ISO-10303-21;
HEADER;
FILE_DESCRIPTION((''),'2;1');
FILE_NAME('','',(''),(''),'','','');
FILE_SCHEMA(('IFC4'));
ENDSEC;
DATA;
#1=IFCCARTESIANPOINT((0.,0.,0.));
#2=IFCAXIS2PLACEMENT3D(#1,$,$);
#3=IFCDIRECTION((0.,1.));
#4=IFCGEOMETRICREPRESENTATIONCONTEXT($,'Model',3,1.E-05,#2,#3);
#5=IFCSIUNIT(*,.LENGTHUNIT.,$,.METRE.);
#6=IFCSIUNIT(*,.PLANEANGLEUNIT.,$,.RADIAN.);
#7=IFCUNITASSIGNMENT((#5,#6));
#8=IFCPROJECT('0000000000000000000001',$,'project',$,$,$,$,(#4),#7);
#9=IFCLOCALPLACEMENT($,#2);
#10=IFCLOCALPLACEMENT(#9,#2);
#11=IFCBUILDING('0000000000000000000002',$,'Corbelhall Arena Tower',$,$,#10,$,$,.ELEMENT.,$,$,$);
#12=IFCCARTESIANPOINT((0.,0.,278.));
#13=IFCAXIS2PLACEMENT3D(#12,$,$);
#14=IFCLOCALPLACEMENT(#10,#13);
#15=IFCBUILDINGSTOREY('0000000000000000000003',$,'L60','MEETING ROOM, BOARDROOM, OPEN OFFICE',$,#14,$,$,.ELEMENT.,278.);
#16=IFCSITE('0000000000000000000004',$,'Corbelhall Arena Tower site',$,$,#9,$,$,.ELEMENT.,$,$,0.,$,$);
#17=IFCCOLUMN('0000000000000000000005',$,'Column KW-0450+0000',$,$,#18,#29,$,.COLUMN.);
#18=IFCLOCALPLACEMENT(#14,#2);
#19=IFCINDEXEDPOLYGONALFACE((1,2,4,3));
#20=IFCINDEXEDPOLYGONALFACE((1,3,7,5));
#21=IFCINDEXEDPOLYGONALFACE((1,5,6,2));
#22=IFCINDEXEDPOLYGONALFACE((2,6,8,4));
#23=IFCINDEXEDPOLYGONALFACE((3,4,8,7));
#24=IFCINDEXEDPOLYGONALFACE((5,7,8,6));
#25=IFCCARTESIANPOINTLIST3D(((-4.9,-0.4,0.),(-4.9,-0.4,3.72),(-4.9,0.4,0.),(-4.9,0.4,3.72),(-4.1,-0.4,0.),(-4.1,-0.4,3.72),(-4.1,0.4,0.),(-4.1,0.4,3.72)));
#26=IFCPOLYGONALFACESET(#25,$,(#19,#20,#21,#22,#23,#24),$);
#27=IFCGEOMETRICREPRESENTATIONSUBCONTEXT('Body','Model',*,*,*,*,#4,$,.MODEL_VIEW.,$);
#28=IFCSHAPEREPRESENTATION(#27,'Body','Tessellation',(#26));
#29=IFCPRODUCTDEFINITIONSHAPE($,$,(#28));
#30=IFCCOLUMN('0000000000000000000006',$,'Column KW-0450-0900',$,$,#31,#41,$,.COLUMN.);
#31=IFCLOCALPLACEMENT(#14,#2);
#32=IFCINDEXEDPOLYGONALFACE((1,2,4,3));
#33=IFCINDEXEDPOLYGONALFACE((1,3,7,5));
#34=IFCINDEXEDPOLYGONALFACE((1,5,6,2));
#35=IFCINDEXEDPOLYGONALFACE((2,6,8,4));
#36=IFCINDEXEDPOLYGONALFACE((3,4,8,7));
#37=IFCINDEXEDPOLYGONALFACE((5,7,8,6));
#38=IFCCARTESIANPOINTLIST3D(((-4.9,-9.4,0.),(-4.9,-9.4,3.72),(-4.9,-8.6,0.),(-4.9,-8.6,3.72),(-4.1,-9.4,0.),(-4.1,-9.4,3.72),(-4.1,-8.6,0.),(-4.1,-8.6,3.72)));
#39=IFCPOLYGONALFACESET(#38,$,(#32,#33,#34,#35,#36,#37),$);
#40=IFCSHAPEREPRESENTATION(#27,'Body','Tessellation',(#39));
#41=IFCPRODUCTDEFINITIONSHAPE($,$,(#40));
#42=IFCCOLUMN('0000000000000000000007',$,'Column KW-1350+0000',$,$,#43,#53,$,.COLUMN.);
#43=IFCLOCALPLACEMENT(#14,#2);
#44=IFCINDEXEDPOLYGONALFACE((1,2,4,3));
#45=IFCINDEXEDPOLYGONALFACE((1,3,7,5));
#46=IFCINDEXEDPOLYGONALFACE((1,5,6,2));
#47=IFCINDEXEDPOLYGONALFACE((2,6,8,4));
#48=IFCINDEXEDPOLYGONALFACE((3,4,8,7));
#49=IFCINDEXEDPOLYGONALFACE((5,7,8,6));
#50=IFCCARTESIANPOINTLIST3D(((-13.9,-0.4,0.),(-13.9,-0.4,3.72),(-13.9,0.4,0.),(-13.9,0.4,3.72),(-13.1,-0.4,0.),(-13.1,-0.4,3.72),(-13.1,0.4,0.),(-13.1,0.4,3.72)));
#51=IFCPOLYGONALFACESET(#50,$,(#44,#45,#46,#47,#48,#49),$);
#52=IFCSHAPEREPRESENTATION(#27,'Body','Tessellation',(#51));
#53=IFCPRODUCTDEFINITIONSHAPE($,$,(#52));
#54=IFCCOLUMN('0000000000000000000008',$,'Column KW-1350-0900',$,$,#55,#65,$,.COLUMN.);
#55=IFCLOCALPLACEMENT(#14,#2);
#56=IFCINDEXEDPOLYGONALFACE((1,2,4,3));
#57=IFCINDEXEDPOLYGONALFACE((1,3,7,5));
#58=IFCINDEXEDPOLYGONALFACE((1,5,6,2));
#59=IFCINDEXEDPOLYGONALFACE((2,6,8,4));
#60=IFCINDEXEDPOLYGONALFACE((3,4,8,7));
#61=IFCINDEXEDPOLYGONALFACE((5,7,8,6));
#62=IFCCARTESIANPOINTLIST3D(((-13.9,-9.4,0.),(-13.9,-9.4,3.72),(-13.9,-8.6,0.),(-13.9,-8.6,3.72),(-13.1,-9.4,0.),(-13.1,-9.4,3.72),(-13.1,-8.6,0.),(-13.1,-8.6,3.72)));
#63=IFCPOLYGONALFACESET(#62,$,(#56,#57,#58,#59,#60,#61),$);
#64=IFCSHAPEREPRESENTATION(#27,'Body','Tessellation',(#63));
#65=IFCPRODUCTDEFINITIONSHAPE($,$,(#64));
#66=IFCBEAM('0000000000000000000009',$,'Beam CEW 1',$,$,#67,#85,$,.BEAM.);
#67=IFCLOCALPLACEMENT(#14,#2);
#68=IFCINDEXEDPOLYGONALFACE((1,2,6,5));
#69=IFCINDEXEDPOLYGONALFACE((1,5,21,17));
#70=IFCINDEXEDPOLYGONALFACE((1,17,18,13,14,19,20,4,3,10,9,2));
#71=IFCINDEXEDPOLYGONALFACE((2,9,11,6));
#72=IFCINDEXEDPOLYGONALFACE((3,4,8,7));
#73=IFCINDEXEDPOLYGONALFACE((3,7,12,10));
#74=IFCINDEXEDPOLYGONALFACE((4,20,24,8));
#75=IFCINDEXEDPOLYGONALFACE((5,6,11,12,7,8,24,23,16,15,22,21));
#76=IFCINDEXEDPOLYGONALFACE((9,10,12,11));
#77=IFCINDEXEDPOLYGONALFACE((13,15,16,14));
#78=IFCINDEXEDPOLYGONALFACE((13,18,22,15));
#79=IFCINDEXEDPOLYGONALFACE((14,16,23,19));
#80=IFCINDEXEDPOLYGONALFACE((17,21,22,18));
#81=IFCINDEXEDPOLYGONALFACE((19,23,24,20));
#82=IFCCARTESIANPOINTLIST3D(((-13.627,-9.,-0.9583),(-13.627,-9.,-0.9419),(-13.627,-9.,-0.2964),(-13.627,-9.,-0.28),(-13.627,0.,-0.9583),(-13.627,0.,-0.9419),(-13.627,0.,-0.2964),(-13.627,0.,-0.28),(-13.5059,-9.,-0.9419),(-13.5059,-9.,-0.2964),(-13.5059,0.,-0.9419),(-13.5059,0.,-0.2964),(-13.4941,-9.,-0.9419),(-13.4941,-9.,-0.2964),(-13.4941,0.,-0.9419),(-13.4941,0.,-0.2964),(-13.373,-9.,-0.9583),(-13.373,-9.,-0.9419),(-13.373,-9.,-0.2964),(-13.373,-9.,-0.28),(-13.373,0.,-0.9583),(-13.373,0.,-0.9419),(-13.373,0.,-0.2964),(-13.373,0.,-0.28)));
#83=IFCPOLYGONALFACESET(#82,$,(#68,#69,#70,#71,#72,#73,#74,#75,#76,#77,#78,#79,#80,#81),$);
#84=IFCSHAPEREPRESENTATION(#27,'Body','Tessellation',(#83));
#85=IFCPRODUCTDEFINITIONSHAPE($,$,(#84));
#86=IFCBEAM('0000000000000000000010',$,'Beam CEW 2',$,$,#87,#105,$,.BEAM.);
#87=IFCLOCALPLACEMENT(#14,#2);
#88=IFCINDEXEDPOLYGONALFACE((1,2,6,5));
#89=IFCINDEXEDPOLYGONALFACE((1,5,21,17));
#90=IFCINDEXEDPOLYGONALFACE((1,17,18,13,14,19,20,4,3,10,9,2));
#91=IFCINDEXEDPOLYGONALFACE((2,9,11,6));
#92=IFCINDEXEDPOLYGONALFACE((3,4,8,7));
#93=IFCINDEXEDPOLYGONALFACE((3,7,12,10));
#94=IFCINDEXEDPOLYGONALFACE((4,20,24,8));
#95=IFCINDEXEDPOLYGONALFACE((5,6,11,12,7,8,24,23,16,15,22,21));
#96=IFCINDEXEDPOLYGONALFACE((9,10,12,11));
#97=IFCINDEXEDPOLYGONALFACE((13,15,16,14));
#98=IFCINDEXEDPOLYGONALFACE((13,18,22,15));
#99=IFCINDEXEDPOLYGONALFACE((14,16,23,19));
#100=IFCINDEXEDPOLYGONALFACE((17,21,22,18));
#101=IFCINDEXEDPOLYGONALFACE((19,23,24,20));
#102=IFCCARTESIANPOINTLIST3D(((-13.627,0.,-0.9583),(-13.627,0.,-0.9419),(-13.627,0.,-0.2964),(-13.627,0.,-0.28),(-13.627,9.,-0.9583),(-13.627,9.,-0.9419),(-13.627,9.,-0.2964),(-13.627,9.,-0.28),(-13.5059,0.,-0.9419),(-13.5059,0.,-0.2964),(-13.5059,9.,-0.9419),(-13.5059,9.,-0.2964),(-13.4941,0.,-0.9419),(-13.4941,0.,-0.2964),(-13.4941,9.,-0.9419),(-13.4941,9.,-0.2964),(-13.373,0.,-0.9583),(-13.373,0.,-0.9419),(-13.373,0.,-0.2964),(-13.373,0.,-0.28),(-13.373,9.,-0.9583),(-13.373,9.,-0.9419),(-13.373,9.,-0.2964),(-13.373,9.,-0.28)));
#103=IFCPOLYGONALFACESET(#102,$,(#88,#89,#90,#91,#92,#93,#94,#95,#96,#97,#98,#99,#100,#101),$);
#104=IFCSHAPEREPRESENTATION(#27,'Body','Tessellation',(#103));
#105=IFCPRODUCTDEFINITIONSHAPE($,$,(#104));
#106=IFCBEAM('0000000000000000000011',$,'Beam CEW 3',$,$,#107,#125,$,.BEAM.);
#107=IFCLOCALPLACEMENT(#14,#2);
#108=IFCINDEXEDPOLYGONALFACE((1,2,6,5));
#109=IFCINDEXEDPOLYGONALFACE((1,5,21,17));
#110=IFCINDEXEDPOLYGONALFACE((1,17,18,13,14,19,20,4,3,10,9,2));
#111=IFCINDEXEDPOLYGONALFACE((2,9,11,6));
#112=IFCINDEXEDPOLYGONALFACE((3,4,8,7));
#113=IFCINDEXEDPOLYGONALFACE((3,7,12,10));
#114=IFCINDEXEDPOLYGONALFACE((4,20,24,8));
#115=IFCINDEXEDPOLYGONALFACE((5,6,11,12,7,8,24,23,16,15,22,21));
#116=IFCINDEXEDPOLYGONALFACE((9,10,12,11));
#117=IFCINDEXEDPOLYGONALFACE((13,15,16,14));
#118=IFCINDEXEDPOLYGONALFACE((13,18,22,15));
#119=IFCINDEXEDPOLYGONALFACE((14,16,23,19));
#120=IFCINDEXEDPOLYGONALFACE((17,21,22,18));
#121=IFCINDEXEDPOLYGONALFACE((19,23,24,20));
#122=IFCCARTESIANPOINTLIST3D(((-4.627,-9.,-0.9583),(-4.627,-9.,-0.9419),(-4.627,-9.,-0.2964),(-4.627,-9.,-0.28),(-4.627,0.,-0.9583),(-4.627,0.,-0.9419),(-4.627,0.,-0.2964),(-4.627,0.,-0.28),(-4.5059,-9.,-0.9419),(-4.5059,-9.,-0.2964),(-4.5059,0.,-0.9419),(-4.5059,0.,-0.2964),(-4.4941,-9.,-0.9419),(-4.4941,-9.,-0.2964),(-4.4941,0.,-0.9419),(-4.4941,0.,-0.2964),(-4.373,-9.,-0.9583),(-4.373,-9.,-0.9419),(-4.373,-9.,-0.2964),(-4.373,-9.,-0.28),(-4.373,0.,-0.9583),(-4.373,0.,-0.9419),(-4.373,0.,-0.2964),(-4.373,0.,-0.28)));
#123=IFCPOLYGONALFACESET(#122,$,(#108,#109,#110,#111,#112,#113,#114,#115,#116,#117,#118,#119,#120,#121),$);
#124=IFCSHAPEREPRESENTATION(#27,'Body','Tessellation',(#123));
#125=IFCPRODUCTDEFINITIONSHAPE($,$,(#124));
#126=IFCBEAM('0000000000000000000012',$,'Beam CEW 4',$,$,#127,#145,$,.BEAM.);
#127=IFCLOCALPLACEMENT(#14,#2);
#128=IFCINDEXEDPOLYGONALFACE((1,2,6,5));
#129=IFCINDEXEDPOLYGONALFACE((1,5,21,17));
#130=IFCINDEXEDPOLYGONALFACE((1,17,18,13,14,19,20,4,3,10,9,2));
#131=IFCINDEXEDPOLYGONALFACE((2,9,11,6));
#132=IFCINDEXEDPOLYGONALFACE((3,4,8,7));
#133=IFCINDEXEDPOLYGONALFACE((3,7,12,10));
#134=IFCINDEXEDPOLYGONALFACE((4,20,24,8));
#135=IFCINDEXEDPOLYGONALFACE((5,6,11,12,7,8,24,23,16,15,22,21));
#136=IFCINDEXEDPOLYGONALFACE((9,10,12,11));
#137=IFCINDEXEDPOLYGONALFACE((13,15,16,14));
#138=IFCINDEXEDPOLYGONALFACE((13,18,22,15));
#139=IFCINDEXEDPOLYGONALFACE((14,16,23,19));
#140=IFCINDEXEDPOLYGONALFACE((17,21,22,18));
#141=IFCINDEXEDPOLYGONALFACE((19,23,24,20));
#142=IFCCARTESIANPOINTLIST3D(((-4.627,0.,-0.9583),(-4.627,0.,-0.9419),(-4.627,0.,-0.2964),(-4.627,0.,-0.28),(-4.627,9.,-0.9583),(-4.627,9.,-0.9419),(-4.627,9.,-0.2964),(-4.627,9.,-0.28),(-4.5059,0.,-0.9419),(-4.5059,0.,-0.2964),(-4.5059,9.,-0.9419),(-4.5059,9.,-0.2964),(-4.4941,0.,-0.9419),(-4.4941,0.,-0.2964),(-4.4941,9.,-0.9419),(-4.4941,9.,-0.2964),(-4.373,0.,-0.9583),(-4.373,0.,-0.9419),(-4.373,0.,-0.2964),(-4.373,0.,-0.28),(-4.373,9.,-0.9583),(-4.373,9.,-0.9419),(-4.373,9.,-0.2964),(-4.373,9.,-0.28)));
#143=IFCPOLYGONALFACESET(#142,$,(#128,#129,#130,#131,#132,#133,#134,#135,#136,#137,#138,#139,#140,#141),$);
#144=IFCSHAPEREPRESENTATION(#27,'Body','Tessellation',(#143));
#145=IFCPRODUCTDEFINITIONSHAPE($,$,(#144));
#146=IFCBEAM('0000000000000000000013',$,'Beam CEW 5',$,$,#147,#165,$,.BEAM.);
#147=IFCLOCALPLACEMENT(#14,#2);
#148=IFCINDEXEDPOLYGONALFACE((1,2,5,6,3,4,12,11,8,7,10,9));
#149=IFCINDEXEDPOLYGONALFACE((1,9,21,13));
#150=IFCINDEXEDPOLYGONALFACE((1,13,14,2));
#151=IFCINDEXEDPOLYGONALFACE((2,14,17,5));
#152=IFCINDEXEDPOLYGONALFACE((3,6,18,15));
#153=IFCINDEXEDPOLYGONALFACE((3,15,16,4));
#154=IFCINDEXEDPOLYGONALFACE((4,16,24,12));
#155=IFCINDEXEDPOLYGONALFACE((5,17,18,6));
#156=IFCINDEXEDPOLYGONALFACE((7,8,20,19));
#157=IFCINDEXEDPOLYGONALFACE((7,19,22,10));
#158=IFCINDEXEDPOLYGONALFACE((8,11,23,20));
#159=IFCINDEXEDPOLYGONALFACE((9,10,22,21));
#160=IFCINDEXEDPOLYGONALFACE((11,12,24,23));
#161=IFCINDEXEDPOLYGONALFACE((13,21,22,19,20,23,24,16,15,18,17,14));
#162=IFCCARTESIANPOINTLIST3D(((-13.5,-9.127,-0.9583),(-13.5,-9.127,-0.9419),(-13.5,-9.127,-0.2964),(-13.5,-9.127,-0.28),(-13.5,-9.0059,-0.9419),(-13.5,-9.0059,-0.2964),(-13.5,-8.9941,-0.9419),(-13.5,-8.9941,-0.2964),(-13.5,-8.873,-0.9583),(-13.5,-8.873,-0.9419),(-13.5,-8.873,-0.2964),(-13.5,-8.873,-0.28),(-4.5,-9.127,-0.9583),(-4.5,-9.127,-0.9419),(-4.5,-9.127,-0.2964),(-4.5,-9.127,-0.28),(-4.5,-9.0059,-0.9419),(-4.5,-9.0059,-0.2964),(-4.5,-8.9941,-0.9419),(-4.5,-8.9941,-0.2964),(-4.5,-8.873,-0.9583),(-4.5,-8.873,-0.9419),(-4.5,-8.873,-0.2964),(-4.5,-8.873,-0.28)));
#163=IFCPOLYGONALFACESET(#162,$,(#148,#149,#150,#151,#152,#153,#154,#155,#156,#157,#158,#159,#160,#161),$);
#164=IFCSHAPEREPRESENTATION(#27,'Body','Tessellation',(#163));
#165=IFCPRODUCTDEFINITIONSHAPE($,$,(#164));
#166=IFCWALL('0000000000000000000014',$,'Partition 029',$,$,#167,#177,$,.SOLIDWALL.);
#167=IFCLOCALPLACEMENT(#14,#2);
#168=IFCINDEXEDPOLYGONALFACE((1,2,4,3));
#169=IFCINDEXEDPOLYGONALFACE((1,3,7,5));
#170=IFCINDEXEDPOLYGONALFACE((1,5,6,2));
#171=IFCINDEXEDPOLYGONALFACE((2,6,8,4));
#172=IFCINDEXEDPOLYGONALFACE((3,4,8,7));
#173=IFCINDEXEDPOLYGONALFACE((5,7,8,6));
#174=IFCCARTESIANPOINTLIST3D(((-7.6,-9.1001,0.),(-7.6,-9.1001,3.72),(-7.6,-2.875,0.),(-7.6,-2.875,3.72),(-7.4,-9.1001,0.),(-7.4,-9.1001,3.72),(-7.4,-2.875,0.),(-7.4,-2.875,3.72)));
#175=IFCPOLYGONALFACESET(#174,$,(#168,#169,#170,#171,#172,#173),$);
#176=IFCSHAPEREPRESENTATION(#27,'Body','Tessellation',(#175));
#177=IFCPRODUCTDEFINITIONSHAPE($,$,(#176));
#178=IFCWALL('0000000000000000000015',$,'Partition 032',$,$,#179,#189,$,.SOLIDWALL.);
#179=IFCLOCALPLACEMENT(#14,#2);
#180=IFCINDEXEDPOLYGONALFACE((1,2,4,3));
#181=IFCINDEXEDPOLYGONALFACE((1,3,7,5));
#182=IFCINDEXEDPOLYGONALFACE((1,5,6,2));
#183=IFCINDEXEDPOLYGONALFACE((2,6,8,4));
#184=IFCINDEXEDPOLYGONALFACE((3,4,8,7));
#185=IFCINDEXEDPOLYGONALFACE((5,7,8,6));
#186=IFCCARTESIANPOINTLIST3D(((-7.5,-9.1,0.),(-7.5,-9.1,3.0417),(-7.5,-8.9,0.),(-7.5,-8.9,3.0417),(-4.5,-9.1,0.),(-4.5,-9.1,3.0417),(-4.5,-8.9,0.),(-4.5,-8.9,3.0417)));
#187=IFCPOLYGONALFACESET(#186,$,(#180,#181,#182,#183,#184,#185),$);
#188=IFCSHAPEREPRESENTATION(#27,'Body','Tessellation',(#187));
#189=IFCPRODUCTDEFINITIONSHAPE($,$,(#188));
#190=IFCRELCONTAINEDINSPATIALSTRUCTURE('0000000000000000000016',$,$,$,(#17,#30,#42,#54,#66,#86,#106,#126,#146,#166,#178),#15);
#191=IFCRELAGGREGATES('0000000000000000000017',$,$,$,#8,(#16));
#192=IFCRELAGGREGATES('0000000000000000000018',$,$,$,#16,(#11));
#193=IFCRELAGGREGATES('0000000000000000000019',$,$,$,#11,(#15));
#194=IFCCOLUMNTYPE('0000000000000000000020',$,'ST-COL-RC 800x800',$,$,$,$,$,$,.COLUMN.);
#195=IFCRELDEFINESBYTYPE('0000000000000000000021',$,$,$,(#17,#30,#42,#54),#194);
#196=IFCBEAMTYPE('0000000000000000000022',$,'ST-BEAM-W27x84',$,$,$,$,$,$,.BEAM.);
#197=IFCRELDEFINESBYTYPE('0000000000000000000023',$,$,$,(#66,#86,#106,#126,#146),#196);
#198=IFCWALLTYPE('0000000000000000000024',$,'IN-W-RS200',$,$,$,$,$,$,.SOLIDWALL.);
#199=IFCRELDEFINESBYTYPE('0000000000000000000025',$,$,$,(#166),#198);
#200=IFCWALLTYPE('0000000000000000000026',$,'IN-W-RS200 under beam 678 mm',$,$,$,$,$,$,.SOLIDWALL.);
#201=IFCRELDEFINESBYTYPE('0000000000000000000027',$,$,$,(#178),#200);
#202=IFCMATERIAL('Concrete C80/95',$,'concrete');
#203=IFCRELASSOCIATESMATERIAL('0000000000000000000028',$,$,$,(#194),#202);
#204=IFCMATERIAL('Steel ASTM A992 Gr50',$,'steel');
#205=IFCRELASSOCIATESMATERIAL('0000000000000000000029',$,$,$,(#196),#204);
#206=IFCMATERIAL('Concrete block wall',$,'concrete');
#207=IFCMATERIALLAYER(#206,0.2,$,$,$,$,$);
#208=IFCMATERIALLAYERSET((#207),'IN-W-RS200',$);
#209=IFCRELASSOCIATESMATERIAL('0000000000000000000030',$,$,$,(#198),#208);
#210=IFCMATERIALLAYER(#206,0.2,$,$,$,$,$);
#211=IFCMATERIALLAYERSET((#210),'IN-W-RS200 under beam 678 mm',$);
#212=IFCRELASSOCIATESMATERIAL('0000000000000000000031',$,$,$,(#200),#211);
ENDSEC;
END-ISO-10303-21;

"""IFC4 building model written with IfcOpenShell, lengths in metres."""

from ifc_helpers import new_model, si_unit, direction, frame, frame_2d, origin, origin_2d, place, context, subcontext, project, spatial, rectangle, i_section, extrude, material, layer, layer_set, material_profile, profile_set, type_object, element, save


model = new_model("IFC4")

# Units and contexts
model_context = context("Model", 3, precision=1e-05, world=origin(), true_north=direction((0.0, 1.0)))
body_context = subcontext(model_context, "Body", "Model", "MODEL_VIEW")
ifc_project = project(units=[si_unit("LENGTHUNIT", "METRE"), si_unit("PLANEANGLEUNIT", "RADIAN")], contexts=[model_context])

# Site, building, storey
site_placement = place(None, origin())
site = spatial("IfcSite", under=ifc_project, at=site_placement, Name="Corbelhall Arena Tower site", CompositionType="ELEMENT", RefElevation=0.0)
building_placement = place(site_placement, origin())
building = spatial("IfcBuilding", under=site, at=building_placement, Name="Corbelhall Arena Tower", CompositionType="ELEMENT")
storey_placement = place(building_placement, frame((0.0, 0.0, 278.0)))
storey = spatial("IfcBuildingStorey", under=building, at=storey_placement, Name="L60", Description="MEETING ROOM, BOARDROOM, OPEN OFFICE", CompositionType="ELEMENT", Elevation=278.0)

# Columns
ifc_material_1 = material(Name="Concrete C80/95", Category="concrete")
ifc_material_profile_1 = material_profile(ifc_material_1, rectangle(XDim=0.8, YDim=0.8, at=origin_2d()))
ifc_profile_set_1 = profile_set([ifc_material_profile_1], Name="Concrete C80/95")
column_type = type_object("IfcColumnType", Name="ST-COL-RC 800x800", PredefinedType="COLUMN", material=ifc_profile_set_1)
for number, where, z_axis, x_axis, name in (
    (1, (-4.5, 0.0, 0.0), (0.0, 0.0, 1.0), (1.0, 0.0, 0.0), "Column KW-0450+0000"),
    (2, (-4.5, -9.0, 0.0), (0.0, 0.0, 1.0), (1.0, 0.0, 0.0), "Column KW-0450-0900"),
    (3, (-13.5, 0.0, 0.0), (0.0, 0.0, 1.0), (1.0, 0.0, 0.0), "Column KW-1350+0000"),
    (4, (-13.5, -9.0, 0.0), (0.0, 0.0, 1.0), (1.0, 0.0, 0.0), "Column KW-1350-0900"),
):
    element("IfcColumn", number, at=place(storey_placement, frame(where, z_axis=z_axis, x_axis=x_axis)), inside=storey, type_object=column_type, Name=name, PredefinedType="COLUMN", context=body_context, shape_type="SweptSolid", body=[
        extrude(rectangle(XDim=0.8, YDim=0.8, at=origin_2d()), origin(), (0.0, 0.0, 1.0), 3.72),
    ])

# Beams
ifc_material_2 = material(Name="Steel ASTM A992 Gr50", Category="steel")
ifc_material_profile_2 = material_profile(ifc_material_2, i_section(OverallWidth=0.2539, OverallDepth=0.6782, WebThickness=0.0117, FlangeThickness=0.0164, at=origin_2d()))
ifc_profile_set_2 = profile_set([ifc_material_profile_2], Name="Steel ASTM A992 Gr50")
beam_type = type_object("IfcBeamType", Name="ST-BEAM-W27x84", PredefinedType="BEAM", material=ifc_profile_set_2)
for number, where, z_axis, x_axis, name in (
    (5, (-13.5, -9.0, -0.6191), (0.0, 1.0, 0.0), (-1.0, 0.0, 0.0), "Beam CEW 1"),
    (6, (-13.5, 0.0, -0.6191), (0.0, 1.0, 0.0), (-1.0, 0.0, 0.0), "Beam CEW 2"),
    (7, (-4.5, -9.0, -0.6191), (0.0, 1.0, 0.0), (-1.0, 0.0, 0.0), "Beam CEW 3"),
    (8, (-4.5, 0.0, -0.6191), (0.0, 1.0, 0.0), (-1.0, 0.0, 0.0), "Beam CEW 4"),
    (9, (-13.5, -9.0, -0.6191), (1.0, 0.0, 0.0), (0.0, 1.0, 0.0), "Beam CEW 5"),
):
    element("IfcBeam", number, at=place(storey_placement, frame(where, z_axis=z_axis, x_axis=x_axis)), inside=storey, type_object=beam_type, Name=name, PredefinedType="BEAM", context=body_context, shape_type="SweptSolid", body=[
        extrude(i_section(OverallWidth=0.2539, OverallDepth=0.6782, WebThickness=0.0117, FlangeThickness=0.0164, at=origin_2d()), origin(), (0.0, 0.0, 1.0), 9.0),
    ])

# Walls
ifc_material_3 = material(Name="Concrete block wall", Category="concrete")
ifc_layer_1 = layer(ifc_material_3, 0.2)
ifc_layer_set_1 = layer_set([ifc_layer_1], Name="IN-W-RS200")
wall_type_1 = type_object("IfcWallType", Name="IN-W-RS200", PredefinedType="SOLIDWALL", material=ifc_layer_set_1)
wall_1_placement = place(storey_placement, frame((-7.5, -9.1001, 0.0), z_axis=(0.0, 0.0, 1.0), x_axis=(0.0, 1.0, 0.0)))
element("IfcWall", 10, at=wall_1_placement, inside=storey, type_object=wall_type_1, Name="Partition 029", PredefinedType="SOLIDWALL", context=body_context, shape_type="SweptSolid", body=[
    extrude(rectangle(XDim=6.2251, YDim=0.2, at=frame_2d((3.1125, 0.0))), origin(), (0.0, 0.0, 1.0), 3.72),
])
ifc_layer_2 = layer(ifc_material_3, 0.2)
ifc_layer_set_2 = layer_set([ifc_layer_2], Name="IN-W-RS200 under beam 678 mm")
wall_type_2 = type_object("IfcWallType", Name="IN-W-RS200 under beam 678 mm", PredefinedType="SOLIDWALL", material=ifc_layer_set_2)
wall_2_placement = place(storey_placement, frame((-4.5, -9.0, 0.0), z_axis=(0.0, 0.0, 1.0), x_axis=(-1.0, 0.0, 0.0)))
element("IfcWall", 11, at=wall_2_placement, inside=storey, type_object=wall_type_2, Name="Partition 032", PredefinedType="SOLIDWALL", context=body_context, shape_type="SweptSolid", body=[
    extrude(rectangle(XDim=3.0, YDim=0.2, at=frame_2d((1.5, 0.0))), origin(), (0.0, 0.0, 1.0), 3.0417),
])

save(model, "model.ifc")
